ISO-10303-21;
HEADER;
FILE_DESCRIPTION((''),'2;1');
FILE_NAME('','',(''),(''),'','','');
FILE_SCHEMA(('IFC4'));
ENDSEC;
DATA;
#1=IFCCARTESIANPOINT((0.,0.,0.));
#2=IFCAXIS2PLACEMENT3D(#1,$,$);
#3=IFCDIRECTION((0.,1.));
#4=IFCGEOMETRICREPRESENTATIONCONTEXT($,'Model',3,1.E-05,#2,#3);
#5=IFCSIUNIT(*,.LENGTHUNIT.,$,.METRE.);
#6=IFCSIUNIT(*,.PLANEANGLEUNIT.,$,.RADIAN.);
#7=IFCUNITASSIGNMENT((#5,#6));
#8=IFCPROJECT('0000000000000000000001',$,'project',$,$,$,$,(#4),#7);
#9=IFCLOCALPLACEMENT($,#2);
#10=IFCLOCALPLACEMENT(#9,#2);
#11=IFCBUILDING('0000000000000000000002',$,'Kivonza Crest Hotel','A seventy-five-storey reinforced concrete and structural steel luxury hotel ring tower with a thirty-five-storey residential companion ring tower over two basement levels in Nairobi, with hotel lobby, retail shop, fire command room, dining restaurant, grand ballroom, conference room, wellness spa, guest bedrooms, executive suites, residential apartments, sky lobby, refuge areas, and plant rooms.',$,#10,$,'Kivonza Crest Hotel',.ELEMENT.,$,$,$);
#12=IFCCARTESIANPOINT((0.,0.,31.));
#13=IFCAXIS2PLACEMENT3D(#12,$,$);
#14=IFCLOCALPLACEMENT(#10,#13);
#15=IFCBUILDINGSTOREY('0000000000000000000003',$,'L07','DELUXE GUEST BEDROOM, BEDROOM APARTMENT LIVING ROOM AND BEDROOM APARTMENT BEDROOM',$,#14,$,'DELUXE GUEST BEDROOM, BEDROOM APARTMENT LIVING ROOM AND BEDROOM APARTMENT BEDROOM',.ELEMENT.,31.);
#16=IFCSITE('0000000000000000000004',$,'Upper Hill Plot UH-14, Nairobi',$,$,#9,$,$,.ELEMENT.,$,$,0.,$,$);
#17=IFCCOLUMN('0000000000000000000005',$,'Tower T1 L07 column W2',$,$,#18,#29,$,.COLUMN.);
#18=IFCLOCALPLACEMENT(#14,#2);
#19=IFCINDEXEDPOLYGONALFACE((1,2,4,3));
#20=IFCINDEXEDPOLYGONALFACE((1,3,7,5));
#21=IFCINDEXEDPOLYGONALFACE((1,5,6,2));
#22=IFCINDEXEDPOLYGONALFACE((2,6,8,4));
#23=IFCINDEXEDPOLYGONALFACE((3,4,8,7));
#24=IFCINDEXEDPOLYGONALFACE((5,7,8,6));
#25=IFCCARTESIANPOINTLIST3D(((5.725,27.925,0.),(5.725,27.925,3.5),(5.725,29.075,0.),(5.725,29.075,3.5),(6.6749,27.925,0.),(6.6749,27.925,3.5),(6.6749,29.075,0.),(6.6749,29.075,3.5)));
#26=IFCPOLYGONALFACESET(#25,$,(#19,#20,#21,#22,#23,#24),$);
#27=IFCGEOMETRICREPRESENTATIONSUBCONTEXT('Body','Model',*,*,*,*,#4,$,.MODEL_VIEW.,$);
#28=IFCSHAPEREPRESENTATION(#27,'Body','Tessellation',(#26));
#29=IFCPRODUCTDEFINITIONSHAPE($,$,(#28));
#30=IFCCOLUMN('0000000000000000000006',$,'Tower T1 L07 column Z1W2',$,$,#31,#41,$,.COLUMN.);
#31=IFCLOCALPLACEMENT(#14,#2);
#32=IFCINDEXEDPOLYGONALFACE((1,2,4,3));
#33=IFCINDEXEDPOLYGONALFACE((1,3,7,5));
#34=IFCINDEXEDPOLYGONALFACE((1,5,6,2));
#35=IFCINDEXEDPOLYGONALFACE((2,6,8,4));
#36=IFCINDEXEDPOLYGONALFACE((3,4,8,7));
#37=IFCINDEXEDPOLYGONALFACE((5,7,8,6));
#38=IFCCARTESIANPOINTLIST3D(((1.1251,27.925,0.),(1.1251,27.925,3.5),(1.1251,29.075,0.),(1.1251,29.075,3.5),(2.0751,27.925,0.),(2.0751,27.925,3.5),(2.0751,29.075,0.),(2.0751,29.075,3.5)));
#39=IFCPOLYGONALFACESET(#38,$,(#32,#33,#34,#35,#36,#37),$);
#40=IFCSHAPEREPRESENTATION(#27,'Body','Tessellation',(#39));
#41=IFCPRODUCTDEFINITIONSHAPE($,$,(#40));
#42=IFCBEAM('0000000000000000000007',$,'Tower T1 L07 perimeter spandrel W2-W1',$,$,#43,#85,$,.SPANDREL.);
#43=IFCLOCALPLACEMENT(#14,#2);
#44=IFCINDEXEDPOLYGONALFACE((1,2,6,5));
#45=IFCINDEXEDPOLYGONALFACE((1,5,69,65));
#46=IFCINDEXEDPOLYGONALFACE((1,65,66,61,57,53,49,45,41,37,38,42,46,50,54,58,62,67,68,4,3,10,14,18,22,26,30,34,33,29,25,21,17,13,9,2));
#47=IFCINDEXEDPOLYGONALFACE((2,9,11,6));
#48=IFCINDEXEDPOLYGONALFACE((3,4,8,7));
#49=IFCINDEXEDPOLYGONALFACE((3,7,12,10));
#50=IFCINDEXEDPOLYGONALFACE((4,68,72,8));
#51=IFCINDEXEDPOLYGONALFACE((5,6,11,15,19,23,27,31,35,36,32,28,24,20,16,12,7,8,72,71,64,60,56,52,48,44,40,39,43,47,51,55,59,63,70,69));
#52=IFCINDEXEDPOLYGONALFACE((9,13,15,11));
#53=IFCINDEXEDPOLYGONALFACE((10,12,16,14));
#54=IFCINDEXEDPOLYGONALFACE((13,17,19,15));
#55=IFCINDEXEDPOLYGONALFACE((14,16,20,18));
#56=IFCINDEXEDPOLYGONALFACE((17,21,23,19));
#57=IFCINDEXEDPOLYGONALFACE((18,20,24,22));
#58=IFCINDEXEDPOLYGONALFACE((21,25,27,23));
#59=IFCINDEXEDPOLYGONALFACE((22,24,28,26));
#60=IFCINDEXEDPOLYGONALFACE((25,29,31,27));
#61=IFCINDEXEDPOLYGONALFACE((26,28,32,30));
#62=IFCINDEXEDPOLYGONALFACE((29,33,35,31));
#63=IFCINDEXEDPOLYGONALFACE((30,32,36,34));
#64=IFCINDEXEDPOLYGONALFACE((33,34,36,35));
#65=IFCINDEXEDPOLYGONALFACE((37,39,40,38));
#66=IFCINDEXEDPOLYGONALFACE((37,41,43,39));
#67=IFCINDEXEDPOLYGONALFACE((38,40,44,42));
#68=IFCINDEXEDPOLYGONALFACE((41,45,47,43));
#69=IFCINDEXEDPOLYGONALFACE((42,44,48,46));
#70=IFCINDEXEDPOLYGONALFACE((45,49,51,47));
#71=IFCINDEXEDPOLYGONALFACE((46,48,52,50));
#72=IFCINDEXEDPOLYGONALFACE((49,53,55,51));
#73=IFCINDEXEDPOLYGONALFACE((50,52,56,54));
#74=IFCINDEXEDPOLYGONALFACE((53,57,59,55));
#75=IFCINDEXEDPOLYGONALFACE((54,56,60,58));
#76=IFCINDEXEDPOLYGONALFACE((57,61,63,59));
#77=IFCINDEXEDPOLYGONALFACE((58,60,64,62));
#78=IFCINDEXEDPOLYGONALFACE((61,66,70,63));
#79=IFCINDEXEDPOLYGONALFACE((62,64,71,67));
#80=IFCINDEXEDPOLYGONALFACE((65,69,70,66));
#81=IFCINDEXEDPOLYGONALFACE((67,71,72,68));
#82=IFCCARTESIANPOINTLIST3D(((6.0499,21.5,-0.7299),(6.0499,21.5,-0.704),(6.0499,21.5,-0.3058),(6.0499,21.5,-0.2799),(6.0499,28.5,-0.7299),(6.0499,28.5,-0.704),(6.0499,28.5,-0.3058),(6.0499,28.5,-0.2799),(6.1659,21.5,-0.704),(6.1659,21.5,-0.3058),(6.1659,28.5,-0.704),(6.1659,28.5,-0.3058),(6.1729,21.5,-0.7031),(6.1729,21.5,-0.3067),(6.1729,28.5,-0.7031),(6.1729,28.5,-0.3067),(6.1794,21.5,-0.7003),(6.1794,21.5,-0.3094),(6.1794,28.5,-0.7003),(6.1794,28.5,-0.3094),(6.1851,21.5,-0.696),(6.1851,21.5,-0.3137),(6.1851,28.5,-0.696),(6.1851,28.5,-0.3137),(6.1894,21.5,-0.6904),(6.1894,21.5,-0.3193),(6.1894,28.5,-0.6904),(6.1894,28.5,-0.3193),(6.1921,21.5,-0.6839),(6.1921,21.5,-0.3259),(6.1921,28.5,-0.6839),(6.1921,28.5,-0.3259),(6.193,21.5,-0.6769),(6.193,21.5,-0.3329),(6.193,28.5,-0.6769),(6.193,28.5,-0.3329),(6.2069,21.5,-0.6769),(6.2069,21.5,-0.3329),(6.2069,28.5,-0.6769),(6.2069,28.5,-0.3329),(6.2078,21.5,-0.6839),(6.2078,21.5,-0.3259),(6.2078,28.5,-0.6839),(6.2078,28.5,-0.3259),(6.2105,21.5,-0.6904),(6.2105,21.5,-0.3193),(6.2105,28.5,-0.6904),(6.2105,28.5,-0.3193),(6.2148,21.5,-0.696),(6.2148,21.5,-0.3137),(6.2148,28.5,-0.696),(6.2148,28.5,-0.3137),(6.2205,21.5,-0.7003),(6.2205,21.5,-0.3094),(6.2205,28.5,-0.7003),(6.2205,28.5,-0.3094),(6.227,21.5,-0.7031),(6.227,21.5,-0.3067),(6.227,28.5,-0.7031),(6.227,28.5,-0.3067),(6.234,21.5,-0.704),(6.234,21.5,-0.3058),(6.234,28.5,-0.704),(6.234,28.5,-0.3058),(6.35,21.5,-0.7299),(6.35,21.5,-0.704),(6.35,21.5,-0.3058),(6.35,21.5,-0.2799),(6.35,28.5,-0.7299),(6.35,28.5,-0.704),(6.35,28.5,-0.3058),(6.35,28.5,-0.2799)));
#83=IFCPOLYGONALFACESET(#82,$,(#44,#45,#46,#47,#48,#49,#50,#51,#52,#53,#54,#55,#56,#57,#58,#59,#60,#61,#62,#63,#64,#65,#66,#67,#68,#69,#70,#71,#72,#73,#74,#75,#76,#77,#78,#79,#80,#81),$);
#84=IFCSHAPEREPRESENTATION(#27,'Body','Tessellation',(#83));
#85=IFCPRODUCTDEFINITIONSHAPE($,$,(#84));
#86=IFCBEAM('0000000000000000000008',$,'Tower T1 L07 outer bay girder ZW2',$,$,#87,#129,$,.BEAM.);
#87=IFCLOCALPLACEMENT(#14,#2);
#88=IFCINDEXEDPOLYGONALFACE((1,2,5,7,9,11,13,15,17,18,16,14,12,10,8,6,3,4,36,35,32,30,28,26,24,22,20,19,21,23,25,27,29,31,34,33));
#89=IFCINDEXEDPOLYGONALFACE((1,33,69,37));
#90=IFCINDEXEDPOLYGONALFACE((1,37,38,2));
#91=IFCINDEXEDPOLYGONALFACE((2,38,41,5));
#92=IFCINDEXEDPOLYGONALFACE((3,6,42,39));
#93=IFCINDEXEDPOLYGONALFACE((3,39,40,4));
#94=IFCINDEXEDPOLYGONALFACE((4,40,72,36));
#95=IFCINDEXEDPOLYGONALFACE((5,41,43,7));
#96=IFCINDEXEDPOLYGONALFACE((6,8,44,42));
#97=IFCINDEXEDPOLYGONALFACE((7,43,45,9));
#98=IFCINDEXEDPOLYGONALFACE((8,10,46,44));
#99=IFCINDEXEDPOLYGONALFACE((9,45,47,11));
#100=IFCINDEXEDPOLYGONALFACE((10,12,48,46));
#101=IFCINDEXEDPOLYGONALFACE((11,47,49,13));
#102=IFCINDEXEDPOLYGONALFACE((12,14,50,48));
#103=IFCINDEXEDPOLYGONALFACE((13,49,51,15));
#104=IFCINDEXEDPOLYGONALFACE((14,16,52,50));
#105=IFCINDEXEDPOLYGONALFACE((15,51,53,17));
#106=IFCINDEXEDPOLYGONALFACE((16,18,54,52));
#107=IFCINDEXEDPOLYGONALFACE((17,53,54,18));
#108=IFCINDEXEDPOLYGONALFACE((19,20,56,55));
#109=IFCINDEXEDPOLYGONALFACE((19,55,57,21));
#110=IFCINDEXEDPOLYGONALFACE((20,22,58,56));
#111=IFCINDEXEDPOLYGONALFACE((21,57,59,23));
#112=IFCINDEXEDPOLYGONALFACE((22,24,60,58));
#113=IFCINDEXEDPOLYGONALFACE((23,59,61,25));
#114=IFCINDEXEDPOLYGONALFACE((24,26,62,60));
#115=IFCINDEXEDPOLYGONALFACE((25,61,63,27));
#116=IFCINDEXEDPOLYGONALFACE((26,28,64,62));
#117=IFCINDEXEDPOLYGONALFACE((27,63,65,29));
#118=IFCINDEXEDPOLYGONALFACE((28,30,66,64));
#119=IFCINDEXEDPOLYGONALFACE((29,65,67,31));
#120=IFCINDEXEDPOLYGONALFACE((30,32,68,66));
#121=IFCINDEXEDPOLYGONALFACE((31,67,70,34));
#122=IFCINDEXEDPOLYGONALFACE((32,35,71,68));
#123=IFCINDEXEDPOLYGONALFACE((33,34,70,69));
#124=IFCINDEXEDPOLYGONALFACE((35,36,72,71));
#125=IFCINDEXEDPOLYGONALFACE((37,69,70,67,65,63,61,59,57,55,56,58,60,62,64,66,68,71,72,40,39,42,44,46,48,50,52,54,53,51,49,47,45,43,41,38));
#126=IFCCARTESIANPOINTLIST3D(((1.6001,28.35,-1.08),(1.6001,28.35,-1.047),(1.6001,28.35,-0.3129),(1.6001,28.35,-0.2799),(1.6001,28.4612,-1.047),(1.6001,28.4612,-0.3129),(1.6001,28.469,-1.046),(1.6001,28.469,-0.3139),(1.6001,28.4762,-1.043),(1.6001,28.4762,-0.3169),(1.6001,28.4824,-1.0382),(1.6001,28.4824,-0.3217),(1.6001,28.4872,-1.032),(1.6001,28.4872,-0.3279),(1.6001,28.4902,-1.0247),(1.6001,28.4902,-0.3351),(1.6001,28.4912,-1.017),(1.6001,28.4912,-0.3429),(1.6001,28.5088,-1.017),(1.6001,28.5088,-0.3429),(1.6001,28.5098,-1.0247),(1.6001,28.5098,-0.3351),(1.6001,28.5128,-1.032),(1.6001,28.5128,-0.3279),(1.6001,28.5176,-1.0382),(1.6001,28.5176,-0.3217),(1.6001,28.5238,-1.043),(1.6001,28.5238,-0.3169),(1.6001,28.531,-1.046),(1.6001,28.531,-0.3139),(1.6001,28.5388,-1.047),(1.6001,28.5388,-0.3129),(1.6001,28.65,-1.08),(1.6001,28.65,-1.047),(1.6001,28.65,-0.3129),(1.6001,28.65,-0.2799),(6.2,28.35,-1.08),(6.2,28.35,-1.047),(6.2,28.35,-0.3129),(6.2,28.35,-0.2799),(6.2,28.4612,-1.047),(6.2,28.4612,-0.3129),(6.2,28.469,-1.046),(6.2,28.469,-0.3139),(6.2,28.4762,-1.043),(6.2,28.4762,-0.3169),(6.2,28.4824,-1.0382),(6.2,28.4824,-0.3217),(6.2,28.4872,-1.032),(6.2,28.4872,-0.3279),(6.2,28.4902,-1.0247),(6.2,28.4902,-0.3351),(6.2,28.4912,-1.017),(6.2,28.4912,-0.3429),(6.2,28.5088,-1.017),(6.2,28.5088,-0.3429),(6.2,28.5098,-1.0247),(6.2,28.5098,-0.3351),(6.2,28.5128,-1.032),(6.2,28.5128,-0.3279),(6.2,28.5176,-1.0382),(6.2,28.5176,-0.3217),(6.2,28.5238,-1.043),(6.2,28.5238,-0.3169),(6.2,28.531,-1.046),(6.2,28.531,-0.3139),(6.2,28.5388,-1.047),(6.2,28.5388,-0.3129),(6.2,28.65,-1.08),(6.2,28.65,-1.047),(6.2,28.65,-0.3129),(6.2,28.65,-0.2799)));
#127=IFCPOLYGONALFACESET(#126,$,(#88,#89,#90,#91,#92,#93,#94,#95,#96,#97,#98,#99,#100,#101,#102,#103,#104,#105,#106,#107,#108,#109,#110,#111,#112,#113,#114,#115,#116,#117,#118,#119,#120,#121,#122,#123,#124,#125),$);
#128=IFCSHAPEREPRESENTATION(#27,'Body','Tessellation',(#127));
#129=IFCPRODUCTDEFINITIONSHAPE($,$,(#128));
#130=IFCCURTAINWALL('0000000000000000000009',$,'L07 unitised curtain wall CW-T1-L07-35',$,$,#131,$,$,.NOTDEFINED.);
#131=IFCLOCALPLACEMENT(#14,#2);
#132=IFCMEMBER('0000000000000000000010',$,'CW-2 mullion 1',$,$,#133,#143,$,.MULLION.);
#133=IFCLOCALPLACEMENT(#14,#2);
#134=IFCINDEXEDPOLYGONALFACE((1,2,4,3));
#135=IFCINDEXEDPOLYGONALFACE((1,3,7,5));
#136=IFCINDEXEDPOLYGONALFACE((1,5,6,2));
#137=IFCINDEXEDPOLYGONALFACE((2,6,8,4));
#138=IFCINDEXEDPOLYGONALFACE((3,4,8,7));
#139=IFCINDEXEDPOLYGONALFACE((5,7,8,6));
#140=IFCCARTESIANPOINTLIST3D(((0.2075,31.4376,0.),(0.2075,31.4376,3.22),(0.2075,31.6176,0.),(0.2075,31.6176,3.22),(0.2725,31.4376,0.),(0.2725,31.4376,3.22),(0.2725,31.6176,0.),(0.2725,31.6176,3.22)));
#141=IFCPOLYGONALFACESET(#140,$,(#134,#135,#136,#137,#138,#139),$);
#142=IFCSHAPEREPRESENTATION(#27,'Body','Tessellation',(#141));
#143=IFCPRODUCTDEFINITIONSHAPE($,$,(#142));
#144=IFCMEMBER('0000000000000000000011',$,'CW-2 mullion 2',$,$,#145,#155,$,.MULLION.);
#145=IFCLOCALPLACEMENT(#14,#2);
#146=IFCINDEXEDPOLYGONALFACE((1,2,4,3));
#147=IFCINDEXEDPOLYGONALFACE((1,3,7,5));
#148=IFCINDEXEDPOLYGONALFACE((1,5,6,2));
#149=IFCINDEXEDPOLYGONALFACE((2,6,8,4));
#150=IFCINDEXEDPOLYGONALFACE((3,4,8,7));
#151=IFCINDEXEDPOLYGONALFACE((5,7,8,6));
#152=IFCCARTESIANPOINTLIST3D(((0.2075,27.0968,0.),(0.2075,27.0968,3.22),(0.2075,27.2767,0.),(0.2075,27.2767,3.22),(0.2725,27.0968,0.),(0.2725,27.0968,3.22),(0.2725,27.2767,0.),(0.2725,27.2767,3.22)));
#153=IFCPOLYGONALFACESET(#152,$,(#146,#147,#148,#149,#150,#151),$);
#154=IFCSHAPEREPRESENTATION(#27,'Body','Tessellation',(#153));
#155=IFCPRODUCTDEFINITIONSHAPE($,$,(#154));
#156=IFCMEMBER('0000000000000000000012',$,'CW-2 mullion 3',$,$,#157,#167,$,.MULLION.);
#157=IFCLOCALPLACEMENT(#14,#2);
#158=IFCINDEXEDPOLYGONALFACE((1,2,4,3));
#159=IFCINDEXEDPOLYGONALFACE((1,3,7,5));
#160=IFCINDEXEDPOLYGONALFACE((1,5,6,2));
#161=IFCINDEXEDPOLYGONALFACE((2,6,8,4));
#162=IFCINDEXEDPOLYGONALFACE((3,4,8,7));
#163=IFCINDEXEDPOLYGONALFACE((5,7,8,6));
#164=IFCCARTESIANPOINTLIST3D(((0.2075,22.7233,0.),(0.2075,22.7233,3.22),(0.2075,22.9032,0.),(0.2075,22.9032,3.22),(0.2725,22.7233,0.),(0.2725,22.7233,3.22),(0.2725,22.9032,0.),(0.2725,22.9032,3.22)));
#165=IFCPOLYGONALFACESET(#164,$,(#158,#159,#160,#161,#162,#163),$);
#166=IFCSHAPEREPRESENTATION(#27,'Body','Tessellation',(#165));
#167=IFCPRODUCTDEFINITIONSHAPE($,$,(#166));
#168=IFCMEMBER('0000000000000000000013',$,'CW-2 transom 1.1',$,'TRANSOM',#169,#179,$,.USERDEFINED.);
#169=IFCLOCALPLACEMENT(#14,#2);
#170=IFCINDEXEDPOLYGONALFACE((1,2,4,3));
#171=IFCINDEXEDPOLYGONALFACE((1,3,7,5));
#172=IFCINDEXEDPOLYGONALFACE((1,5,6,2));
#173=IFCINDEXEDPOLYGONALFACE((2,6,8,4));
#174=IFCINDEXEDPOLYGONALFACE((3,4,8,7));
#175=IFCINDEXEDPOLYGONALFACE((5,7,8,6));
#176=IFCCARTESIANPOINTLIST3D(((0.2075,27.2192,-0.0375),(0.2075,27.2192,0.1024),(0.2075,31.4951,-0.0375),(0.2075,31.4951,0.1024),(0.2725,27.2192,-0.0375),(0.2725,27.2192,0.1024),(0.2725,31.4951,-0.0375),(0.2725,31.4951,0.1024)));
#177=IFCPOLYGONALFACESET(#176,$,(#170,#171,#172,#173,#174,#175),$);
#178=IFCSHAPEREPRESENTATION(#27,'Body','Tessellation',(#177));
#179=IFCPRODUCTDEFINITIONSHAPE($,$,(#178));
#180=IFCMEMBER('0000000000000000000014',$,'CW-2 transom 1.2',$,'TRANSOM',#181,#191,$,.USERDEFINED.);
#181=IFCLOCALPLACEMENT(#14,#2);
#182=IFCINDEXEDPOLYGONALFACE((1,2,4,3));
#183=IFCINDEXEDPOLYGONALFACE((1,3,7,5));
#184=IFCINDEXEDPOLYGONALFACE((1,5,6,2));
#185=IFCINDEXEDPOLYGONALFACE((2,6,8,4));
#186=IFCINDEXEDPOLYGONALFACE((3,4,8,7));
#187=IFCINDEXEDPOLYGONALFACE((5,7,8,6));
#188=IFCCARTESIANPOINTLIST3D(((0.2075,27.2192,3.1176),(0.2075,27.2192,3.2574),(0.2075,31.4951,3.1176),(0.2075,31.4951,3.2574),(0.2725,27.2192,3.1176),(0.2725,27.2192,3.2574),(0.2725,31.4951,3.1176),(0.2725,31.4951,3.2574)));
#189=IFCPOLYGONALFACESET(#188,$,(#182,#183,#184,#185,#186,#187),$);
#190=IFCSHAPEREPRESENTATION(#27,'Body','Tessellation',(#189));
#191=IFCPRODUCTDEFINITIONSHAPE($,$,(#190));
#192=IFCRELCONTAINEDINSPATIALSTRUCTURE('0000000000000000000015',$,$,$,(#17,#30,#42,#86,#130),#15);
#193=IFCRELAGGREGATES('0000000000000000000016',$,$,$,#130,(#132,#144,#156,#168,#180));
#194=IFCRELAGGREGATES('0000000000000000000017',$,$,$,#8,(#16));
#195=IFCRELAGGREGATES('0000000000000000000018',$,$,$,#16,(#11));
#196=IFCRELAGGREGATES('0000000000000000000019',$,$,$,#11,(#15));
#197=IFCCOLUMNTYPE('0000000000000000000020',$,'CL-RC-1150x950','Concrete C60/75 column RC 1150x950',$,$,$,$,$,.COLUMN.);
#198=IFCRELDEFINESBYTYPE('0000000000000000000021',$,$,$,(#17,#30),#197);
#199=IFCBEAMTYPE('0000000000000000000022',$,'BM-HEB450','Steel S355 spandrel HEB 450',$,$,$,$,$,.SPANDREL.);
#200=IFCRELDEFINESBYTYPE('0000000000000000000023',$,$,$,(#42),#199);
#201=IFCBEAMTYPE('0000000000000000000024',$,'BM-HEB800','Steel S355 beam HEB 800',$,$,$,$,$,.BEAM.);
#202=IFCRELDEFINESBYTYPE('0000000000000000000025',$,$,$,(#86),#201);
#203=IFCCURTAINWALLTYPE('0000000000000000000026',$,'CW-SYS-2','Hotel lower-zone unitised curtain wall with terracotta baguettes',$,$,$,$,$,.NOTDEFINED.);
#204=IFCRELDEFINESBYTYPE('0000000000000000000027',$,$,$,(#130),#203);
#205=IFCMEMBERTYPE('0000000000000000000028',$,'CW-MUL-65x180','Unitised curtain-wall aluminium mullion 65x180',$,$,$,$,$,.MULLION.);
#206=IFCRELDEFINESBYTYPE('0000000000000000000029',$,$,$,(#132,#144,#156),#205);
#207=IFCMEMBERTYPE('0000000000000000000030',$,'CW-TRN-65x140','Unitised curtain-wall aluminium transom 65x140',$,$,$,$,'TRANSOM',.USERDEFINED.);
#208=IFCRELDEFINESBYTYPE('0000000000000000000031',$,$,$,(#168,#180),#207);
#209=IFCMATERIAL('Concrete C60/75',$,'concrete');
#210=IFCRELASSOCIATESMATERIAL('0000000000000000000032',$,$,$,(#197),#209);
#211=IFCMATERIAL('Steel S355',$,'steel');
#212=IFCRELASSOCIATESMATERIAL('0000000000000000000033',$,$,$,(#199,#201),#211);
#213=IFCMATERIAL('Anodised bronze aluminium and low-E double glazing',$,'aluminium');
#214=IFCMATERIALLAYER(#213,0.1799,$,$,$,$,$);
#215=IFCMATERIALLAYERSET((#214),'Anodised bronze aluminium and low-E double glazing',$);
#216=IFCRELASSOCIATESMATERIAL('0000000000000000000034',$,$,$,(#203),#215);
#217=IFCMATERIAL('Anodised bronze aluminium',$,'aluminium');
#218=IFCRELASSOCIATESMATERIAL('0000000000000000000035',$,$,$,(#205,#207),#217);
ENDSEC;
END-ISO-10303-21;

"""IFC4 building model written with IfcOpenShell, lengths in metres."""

from ifc_helpers import new_model, si_unit, direction, frame, origin, origin_2d, place, context, subcontext, project, spatial, rectangle, i_section, extrude, material, layer, layer_set, material_profile, profile_set, type_object, element, aggregate, save


model = new_model("IFC4")

# Units and contexts
model_context = context("Model", 3, precision=1e-05, world=origin(), true_north=direction((0.0, 1.0)))
body_context = subcontext(model_context, "Body", "Model", "MODEL_VIEW")
ifc_project = project(units=[si_unit("LENGTHUNIT", "METRE"), si_unit("PLANEANGLEUNIT", "RADIAN")], contexts=[model_context])

# Site, building, storey
site_placement = place(None, origin())
site = spatial("IfcSite", under=ifc_project, at=site_placement, Name="Upper Hill Plot UH-14, Nairobi", CompositionType="ELEMENT", RefElevation=0.0)
building_placement = place(site_placement, origin())
building = spatial("IfcBuilding", under=site, at=building_placement, Name="Kivonza Crest Hotel", Description="A seventy-five-storey reinforced concrete and structural steel luxury hotel ring tower with a thirty-five-storey residential companion ring tower over two basement levels in Nairobi, with hotel lobby, retail shop, fire command room, dining restaurant, grand ballroom, conference room, wellness spa, guest bedrooms, executive suites, residential apartments, sky lobby, refuge areas, and plant rooms.", LongName="Kivonza Crest Hotel", CompositionType="ELEMENT")
storey_placement = place(building_placement, frame((0.0, 0.0, 31.0)))
storey = spatial("IfcBuildingStorey", under=building, at=storey_placement, Name="L07", Description="DELUXE GUEST BEDROOM, BEDROOM APARTMENT LIVING ROOM AND BEDROOM APARTMENT BEDROOM", LongName="DELUXE GUEST BEDROOM, BEDROOM APARTMENT LIVING ROOM AND BEDROOM APARTMENT BEDROOM", CompositionType="ELEMENT", Elevation=31.0)

# Columns
ifc_material_1 = material(Name="Concrete C60/75", Category="concrete")
ifc_material_profile_1 = material_profile(ifc_material_1, rectangle(XDim=0.95, YDim=1.1499, at=origin_2d()), Name="RC 1150x950")
ifc_profile_set_1 = profile_set([ifc_material_profile_1], Name="Concrete C60/75")
column_type = type_object("IfcColumnType", Name="CL-RC-1150x950", Description="Concrete C60/75 column RC 1150x950", PredefinedType="COLUMN", material=ifc_profile_set_1)
for number, where, z_axis, x_axis, name in (
    (1, (6.2, 28.5, 0.0), (0.0, 0.0, 1.0), (1.0, 0.0, 0.0), "Tower T1 L07 column W2"),
    (2, (1.6001, 28.5, 0.0), (0.0, 0.0, 1.0), (1.0, 0.0, 0.0), "Tower T1 L07 column Z1W2"),
):
    element("IfcColumn", number, at=place(storey_placement, frame(where, z_axis=z_axis, x_axis=x_axis)), inside=storey, type_object=column_type, Name=name, PredefinedType="COLUMN", context=body_context, shape_type="SweptSolid", body=[
        extrude(rectangle(XDim=0.95, YDim=1.1499, at=origin_2d()), origin(), (0.0, 0.0, 1.0), 3.5),
    ])

# Beams
ifc_material_2 = material(Name="Steel S355", Category="steel")
ifc_material_profile_2 = material_profile(ifc_material_2, i_section(OverallWidth=0.3, OverallDepth=0.45, WebThickness=0.0139, FlangeThickness=0.0259, FilletRadius=0.0271, at=origin_2d()), Name="HEB 450")
ifc_profile_set_2 = profile_set([ifc_material_profile_2], Name="Steel S355")
beam_type_1 = type_object("IfcBeamType", Name="BM-HEB450", Description="Steel S355 spandrel HEB 450", PredefinedType="SPANDREL", material=ifc_profile_set_2)
beam_1_placement = place(storey_placement, frame((6.2, 28.5, -0.5049), z_axis=(0.0, -1.0, 0.0), x_axis=(1.0, 0.0, 0.0)))
element("IfcBeam", 3, at=beam_1_placement, inside=storey, type_object=beam_type_1, Name="Tower T1 L07 perimeter spandrel W2-W1", PredefinedType="SPANDREL", context=body_context, shape_type="SweptSolid", body=[
    extrude(i_section(OverallWidth=0.3, OverallDepth=0.45, WebThickness=0.0139, FlangeThickness=0.0259, FilletRadius=0.0271, at=origin_2d()), origin(), (0.0, 0.0, 1.0), 7.0),
])
ifc_material_profile_3 = material_profile(ifc_material_2, i_section(OverallWidth=0.3, OverallDepth=0.8, WebThickness=0.0176, FlangeThickness=0.033, FilletRadius=0.03, at=origin_2d()), Name="HEB 800")
ifc_profile_set_3 = profile_set([ifc_material_profile_3], Name="Steel S355")
beam_type_2 = type_object("IfcBeamType", Name="BM-HEB800", Description="Steel S355 beam HEB 800", PredefinedType="BEAM", material=ifc_profile_set_3)
beam_2_placement = place(storey_placement, frame((1.6001, 28.5, -0.6799), z_axis=(1.0, 0.0, 0.0), x_axis=(0.0, 1.0, 0.0)))
element("IfcBeam", 4, at=beam_2_placement, inside=storey, type_object=beam_type_2, Name="Tower T1 L07 outer bay girder ZW2", PredefinedType="BEAM", context=body_context, shape_type="SweptSolid", body=[
    extrude(i_section(OverallWidth=0.3, OverallDepth=0.8, WebThickness=0.0176, FlangeThickness=0.033, FilletRadius=0.03, at=origin_2d()), origin(), (0.0, 0.0, 1.0), 4.5999),
])

# Curtain wall, members
ifc_material_3 = material(Name="Anodised bronze aluminium and low-E double glazing", Category="aluminium")
ifc_layer_1 = layer(ifc_material_3, 0.1799)
ifc_layer_set_1 = layer_set([ifc_layer_1], Name="Anodised bronze aluminium and low-E double glazing")
curtain_wall_type = type_object("IfcCurtainWallType", Name="CW-SYS-2", Description="Hotel lower-zone unitised curtain wall with terracotta baguettes", PredefinedType="NOTDEFINED", material=ifc_layer_set_1)
curtain_wall_placement = place(storey_placement, origin())
curtain_wall = element("IfcCurtainWall", 5, at=curtain_wall_placement, inside=storey, type_object=curtain_wall_type, Name="L07 unitised curtain wall CW-T1-L07-35", PredefinedType="NOTDEFINED")
ifc_material_4 = material(Name="Anodised bronze aluminium", Category="aluminium")
ifc_material_profile_4 = material_profile(ifc_material_4, rectangle(XDim=0.0649, YDim=0.1799, at=origin_2d()), Name="CW-M 65x180")
ifc_profile_set_4 = profile_set([ifc_material_profile_4], Name="Anodised bronze aluminium")
member_type_1 = type_object("IfcMemberType", Name="CW-MUL-65x180", Description="Unitised curtain-wall aluminium mullion 65x180", PredefinedType="MULLION", material=ifc_profile_set_4)
member_1_placement = place(storey_placement, frame((0.24, 31.5276, 0.0), z_axis=(0.0, 0.0, 1.0), x_axis=(1.0, 0.0, 0.0)))
member_1 = element("IfcMember", 6, at=member_1_placement, type_object=member_type_1, Name="CW-2 mullion 1", PredefinedType="MULLION", context=body_context, shape_type="SweptSolid", body=[
    extrude(rectangle(XDim=0.0649, YDim=0.1799, at=origin_2d()), origin(), (0.0, 0.0, 1.0), 3.22),
])
member_2_placement = place(storey_placement, frame((0.24, 27.1868, 0.0), z_axis=(0.0, 0.0, 1.0), x_axis=(1.0, 0.0, 0.0)))
member_2 = element("IfcMember", 7, at=member_2_placement, type_object=member_type_1, Name="CW-2 mullion 2", PredefinedType="MULLION", context=body_context, shape_type="SweptSolid", body=[
    extrude(rectangle(XDim=0.0649, YDim=0.1799, at=origin_2d()), origin(), (0.0, 0.0, 1.0), 3.22),
])
member_3_placement = place(storey_placement, frame((0.24, 22.8132, 0.0), z_axis=(0.0, 0.0, 1.0), x_axis=(1.0, 0.0, 0.0)))
member_3 = element("IfcMember", 8, at=member_3_placement, type_object=member_type_1, Name="CW-2 mullion 3", PredefinedType="MULLION", context=body_context, shape_type="SweptSolid", body=[
    extrude(rectangle(XDim=0.0649, YDim=0.1799, at=origin_2d()), origin(), (0.0, 0.0, 1.0), 3.22),
])
ifc_material_profile_5 = material_profile(ifc_material_4, rectangle(XDim=0.0649, YDim=0.1399, at=origin_2d()), Name="CW-T 65x140")
ifc_profile_set_5 = profile_set([ifc_material_profile_5], Name="Anodised bronze aluminium")
member_type_2 = type_object("IfcMemberType", Name="CW-TRN-65x140", Description="Unitised curtain-wall aluminium transom 65x140", ElementType="TRANSOM", PredefinedType="USERDEFINED", material=ifc_profile_set_5)
member_4_placement = place(storey_placement, frame((0.24, 31.4951, 0.0325), z_axis=(0.0, -1.0, 0.0), x_axis=(1.0, 0.0, 0.0)))
member_4 = element("IfcMember", 9, at=member_4_placement, type_object=member_type_2, Name="CW-2 transom 1.1", ObjectType="TRANSOM", PredefinedType="USERDEFINED", context=body_context, shape_type="SweptSolid", body=[
    extrude(rectangle(XDim=0.0649, YDim=0.1399, at=origin_2d()), origin(), (0.0, 0.0, 1.0), 4.2759),
])
member_5_placement = place(storey_placement, frame((0.24, 31.4951, 3.1875), z_axis=(0.0, -1.0, 0.0), x_axis=(1.0, 0.0, 0.0)))
member_5 = element("IfcMember", 10, at=member_5_placement, type_object=member_type_2, Name="CW-2 transom 1.2", ObjectType="TRANSOM", PredefinedType="USERDEFINED", context=body_context, shape_type="SweptSolid", body=[
    extrude(rectangle(XDim=0.0649, YDim=0.1399, at=origin_2d()), origin(), (0.0, 0.0, 1.0), 4.2759),
])
aggregate(curtain_wall, [member_1, member_2, member_3, member_4, member_5])

save(model, "model.ifc")
